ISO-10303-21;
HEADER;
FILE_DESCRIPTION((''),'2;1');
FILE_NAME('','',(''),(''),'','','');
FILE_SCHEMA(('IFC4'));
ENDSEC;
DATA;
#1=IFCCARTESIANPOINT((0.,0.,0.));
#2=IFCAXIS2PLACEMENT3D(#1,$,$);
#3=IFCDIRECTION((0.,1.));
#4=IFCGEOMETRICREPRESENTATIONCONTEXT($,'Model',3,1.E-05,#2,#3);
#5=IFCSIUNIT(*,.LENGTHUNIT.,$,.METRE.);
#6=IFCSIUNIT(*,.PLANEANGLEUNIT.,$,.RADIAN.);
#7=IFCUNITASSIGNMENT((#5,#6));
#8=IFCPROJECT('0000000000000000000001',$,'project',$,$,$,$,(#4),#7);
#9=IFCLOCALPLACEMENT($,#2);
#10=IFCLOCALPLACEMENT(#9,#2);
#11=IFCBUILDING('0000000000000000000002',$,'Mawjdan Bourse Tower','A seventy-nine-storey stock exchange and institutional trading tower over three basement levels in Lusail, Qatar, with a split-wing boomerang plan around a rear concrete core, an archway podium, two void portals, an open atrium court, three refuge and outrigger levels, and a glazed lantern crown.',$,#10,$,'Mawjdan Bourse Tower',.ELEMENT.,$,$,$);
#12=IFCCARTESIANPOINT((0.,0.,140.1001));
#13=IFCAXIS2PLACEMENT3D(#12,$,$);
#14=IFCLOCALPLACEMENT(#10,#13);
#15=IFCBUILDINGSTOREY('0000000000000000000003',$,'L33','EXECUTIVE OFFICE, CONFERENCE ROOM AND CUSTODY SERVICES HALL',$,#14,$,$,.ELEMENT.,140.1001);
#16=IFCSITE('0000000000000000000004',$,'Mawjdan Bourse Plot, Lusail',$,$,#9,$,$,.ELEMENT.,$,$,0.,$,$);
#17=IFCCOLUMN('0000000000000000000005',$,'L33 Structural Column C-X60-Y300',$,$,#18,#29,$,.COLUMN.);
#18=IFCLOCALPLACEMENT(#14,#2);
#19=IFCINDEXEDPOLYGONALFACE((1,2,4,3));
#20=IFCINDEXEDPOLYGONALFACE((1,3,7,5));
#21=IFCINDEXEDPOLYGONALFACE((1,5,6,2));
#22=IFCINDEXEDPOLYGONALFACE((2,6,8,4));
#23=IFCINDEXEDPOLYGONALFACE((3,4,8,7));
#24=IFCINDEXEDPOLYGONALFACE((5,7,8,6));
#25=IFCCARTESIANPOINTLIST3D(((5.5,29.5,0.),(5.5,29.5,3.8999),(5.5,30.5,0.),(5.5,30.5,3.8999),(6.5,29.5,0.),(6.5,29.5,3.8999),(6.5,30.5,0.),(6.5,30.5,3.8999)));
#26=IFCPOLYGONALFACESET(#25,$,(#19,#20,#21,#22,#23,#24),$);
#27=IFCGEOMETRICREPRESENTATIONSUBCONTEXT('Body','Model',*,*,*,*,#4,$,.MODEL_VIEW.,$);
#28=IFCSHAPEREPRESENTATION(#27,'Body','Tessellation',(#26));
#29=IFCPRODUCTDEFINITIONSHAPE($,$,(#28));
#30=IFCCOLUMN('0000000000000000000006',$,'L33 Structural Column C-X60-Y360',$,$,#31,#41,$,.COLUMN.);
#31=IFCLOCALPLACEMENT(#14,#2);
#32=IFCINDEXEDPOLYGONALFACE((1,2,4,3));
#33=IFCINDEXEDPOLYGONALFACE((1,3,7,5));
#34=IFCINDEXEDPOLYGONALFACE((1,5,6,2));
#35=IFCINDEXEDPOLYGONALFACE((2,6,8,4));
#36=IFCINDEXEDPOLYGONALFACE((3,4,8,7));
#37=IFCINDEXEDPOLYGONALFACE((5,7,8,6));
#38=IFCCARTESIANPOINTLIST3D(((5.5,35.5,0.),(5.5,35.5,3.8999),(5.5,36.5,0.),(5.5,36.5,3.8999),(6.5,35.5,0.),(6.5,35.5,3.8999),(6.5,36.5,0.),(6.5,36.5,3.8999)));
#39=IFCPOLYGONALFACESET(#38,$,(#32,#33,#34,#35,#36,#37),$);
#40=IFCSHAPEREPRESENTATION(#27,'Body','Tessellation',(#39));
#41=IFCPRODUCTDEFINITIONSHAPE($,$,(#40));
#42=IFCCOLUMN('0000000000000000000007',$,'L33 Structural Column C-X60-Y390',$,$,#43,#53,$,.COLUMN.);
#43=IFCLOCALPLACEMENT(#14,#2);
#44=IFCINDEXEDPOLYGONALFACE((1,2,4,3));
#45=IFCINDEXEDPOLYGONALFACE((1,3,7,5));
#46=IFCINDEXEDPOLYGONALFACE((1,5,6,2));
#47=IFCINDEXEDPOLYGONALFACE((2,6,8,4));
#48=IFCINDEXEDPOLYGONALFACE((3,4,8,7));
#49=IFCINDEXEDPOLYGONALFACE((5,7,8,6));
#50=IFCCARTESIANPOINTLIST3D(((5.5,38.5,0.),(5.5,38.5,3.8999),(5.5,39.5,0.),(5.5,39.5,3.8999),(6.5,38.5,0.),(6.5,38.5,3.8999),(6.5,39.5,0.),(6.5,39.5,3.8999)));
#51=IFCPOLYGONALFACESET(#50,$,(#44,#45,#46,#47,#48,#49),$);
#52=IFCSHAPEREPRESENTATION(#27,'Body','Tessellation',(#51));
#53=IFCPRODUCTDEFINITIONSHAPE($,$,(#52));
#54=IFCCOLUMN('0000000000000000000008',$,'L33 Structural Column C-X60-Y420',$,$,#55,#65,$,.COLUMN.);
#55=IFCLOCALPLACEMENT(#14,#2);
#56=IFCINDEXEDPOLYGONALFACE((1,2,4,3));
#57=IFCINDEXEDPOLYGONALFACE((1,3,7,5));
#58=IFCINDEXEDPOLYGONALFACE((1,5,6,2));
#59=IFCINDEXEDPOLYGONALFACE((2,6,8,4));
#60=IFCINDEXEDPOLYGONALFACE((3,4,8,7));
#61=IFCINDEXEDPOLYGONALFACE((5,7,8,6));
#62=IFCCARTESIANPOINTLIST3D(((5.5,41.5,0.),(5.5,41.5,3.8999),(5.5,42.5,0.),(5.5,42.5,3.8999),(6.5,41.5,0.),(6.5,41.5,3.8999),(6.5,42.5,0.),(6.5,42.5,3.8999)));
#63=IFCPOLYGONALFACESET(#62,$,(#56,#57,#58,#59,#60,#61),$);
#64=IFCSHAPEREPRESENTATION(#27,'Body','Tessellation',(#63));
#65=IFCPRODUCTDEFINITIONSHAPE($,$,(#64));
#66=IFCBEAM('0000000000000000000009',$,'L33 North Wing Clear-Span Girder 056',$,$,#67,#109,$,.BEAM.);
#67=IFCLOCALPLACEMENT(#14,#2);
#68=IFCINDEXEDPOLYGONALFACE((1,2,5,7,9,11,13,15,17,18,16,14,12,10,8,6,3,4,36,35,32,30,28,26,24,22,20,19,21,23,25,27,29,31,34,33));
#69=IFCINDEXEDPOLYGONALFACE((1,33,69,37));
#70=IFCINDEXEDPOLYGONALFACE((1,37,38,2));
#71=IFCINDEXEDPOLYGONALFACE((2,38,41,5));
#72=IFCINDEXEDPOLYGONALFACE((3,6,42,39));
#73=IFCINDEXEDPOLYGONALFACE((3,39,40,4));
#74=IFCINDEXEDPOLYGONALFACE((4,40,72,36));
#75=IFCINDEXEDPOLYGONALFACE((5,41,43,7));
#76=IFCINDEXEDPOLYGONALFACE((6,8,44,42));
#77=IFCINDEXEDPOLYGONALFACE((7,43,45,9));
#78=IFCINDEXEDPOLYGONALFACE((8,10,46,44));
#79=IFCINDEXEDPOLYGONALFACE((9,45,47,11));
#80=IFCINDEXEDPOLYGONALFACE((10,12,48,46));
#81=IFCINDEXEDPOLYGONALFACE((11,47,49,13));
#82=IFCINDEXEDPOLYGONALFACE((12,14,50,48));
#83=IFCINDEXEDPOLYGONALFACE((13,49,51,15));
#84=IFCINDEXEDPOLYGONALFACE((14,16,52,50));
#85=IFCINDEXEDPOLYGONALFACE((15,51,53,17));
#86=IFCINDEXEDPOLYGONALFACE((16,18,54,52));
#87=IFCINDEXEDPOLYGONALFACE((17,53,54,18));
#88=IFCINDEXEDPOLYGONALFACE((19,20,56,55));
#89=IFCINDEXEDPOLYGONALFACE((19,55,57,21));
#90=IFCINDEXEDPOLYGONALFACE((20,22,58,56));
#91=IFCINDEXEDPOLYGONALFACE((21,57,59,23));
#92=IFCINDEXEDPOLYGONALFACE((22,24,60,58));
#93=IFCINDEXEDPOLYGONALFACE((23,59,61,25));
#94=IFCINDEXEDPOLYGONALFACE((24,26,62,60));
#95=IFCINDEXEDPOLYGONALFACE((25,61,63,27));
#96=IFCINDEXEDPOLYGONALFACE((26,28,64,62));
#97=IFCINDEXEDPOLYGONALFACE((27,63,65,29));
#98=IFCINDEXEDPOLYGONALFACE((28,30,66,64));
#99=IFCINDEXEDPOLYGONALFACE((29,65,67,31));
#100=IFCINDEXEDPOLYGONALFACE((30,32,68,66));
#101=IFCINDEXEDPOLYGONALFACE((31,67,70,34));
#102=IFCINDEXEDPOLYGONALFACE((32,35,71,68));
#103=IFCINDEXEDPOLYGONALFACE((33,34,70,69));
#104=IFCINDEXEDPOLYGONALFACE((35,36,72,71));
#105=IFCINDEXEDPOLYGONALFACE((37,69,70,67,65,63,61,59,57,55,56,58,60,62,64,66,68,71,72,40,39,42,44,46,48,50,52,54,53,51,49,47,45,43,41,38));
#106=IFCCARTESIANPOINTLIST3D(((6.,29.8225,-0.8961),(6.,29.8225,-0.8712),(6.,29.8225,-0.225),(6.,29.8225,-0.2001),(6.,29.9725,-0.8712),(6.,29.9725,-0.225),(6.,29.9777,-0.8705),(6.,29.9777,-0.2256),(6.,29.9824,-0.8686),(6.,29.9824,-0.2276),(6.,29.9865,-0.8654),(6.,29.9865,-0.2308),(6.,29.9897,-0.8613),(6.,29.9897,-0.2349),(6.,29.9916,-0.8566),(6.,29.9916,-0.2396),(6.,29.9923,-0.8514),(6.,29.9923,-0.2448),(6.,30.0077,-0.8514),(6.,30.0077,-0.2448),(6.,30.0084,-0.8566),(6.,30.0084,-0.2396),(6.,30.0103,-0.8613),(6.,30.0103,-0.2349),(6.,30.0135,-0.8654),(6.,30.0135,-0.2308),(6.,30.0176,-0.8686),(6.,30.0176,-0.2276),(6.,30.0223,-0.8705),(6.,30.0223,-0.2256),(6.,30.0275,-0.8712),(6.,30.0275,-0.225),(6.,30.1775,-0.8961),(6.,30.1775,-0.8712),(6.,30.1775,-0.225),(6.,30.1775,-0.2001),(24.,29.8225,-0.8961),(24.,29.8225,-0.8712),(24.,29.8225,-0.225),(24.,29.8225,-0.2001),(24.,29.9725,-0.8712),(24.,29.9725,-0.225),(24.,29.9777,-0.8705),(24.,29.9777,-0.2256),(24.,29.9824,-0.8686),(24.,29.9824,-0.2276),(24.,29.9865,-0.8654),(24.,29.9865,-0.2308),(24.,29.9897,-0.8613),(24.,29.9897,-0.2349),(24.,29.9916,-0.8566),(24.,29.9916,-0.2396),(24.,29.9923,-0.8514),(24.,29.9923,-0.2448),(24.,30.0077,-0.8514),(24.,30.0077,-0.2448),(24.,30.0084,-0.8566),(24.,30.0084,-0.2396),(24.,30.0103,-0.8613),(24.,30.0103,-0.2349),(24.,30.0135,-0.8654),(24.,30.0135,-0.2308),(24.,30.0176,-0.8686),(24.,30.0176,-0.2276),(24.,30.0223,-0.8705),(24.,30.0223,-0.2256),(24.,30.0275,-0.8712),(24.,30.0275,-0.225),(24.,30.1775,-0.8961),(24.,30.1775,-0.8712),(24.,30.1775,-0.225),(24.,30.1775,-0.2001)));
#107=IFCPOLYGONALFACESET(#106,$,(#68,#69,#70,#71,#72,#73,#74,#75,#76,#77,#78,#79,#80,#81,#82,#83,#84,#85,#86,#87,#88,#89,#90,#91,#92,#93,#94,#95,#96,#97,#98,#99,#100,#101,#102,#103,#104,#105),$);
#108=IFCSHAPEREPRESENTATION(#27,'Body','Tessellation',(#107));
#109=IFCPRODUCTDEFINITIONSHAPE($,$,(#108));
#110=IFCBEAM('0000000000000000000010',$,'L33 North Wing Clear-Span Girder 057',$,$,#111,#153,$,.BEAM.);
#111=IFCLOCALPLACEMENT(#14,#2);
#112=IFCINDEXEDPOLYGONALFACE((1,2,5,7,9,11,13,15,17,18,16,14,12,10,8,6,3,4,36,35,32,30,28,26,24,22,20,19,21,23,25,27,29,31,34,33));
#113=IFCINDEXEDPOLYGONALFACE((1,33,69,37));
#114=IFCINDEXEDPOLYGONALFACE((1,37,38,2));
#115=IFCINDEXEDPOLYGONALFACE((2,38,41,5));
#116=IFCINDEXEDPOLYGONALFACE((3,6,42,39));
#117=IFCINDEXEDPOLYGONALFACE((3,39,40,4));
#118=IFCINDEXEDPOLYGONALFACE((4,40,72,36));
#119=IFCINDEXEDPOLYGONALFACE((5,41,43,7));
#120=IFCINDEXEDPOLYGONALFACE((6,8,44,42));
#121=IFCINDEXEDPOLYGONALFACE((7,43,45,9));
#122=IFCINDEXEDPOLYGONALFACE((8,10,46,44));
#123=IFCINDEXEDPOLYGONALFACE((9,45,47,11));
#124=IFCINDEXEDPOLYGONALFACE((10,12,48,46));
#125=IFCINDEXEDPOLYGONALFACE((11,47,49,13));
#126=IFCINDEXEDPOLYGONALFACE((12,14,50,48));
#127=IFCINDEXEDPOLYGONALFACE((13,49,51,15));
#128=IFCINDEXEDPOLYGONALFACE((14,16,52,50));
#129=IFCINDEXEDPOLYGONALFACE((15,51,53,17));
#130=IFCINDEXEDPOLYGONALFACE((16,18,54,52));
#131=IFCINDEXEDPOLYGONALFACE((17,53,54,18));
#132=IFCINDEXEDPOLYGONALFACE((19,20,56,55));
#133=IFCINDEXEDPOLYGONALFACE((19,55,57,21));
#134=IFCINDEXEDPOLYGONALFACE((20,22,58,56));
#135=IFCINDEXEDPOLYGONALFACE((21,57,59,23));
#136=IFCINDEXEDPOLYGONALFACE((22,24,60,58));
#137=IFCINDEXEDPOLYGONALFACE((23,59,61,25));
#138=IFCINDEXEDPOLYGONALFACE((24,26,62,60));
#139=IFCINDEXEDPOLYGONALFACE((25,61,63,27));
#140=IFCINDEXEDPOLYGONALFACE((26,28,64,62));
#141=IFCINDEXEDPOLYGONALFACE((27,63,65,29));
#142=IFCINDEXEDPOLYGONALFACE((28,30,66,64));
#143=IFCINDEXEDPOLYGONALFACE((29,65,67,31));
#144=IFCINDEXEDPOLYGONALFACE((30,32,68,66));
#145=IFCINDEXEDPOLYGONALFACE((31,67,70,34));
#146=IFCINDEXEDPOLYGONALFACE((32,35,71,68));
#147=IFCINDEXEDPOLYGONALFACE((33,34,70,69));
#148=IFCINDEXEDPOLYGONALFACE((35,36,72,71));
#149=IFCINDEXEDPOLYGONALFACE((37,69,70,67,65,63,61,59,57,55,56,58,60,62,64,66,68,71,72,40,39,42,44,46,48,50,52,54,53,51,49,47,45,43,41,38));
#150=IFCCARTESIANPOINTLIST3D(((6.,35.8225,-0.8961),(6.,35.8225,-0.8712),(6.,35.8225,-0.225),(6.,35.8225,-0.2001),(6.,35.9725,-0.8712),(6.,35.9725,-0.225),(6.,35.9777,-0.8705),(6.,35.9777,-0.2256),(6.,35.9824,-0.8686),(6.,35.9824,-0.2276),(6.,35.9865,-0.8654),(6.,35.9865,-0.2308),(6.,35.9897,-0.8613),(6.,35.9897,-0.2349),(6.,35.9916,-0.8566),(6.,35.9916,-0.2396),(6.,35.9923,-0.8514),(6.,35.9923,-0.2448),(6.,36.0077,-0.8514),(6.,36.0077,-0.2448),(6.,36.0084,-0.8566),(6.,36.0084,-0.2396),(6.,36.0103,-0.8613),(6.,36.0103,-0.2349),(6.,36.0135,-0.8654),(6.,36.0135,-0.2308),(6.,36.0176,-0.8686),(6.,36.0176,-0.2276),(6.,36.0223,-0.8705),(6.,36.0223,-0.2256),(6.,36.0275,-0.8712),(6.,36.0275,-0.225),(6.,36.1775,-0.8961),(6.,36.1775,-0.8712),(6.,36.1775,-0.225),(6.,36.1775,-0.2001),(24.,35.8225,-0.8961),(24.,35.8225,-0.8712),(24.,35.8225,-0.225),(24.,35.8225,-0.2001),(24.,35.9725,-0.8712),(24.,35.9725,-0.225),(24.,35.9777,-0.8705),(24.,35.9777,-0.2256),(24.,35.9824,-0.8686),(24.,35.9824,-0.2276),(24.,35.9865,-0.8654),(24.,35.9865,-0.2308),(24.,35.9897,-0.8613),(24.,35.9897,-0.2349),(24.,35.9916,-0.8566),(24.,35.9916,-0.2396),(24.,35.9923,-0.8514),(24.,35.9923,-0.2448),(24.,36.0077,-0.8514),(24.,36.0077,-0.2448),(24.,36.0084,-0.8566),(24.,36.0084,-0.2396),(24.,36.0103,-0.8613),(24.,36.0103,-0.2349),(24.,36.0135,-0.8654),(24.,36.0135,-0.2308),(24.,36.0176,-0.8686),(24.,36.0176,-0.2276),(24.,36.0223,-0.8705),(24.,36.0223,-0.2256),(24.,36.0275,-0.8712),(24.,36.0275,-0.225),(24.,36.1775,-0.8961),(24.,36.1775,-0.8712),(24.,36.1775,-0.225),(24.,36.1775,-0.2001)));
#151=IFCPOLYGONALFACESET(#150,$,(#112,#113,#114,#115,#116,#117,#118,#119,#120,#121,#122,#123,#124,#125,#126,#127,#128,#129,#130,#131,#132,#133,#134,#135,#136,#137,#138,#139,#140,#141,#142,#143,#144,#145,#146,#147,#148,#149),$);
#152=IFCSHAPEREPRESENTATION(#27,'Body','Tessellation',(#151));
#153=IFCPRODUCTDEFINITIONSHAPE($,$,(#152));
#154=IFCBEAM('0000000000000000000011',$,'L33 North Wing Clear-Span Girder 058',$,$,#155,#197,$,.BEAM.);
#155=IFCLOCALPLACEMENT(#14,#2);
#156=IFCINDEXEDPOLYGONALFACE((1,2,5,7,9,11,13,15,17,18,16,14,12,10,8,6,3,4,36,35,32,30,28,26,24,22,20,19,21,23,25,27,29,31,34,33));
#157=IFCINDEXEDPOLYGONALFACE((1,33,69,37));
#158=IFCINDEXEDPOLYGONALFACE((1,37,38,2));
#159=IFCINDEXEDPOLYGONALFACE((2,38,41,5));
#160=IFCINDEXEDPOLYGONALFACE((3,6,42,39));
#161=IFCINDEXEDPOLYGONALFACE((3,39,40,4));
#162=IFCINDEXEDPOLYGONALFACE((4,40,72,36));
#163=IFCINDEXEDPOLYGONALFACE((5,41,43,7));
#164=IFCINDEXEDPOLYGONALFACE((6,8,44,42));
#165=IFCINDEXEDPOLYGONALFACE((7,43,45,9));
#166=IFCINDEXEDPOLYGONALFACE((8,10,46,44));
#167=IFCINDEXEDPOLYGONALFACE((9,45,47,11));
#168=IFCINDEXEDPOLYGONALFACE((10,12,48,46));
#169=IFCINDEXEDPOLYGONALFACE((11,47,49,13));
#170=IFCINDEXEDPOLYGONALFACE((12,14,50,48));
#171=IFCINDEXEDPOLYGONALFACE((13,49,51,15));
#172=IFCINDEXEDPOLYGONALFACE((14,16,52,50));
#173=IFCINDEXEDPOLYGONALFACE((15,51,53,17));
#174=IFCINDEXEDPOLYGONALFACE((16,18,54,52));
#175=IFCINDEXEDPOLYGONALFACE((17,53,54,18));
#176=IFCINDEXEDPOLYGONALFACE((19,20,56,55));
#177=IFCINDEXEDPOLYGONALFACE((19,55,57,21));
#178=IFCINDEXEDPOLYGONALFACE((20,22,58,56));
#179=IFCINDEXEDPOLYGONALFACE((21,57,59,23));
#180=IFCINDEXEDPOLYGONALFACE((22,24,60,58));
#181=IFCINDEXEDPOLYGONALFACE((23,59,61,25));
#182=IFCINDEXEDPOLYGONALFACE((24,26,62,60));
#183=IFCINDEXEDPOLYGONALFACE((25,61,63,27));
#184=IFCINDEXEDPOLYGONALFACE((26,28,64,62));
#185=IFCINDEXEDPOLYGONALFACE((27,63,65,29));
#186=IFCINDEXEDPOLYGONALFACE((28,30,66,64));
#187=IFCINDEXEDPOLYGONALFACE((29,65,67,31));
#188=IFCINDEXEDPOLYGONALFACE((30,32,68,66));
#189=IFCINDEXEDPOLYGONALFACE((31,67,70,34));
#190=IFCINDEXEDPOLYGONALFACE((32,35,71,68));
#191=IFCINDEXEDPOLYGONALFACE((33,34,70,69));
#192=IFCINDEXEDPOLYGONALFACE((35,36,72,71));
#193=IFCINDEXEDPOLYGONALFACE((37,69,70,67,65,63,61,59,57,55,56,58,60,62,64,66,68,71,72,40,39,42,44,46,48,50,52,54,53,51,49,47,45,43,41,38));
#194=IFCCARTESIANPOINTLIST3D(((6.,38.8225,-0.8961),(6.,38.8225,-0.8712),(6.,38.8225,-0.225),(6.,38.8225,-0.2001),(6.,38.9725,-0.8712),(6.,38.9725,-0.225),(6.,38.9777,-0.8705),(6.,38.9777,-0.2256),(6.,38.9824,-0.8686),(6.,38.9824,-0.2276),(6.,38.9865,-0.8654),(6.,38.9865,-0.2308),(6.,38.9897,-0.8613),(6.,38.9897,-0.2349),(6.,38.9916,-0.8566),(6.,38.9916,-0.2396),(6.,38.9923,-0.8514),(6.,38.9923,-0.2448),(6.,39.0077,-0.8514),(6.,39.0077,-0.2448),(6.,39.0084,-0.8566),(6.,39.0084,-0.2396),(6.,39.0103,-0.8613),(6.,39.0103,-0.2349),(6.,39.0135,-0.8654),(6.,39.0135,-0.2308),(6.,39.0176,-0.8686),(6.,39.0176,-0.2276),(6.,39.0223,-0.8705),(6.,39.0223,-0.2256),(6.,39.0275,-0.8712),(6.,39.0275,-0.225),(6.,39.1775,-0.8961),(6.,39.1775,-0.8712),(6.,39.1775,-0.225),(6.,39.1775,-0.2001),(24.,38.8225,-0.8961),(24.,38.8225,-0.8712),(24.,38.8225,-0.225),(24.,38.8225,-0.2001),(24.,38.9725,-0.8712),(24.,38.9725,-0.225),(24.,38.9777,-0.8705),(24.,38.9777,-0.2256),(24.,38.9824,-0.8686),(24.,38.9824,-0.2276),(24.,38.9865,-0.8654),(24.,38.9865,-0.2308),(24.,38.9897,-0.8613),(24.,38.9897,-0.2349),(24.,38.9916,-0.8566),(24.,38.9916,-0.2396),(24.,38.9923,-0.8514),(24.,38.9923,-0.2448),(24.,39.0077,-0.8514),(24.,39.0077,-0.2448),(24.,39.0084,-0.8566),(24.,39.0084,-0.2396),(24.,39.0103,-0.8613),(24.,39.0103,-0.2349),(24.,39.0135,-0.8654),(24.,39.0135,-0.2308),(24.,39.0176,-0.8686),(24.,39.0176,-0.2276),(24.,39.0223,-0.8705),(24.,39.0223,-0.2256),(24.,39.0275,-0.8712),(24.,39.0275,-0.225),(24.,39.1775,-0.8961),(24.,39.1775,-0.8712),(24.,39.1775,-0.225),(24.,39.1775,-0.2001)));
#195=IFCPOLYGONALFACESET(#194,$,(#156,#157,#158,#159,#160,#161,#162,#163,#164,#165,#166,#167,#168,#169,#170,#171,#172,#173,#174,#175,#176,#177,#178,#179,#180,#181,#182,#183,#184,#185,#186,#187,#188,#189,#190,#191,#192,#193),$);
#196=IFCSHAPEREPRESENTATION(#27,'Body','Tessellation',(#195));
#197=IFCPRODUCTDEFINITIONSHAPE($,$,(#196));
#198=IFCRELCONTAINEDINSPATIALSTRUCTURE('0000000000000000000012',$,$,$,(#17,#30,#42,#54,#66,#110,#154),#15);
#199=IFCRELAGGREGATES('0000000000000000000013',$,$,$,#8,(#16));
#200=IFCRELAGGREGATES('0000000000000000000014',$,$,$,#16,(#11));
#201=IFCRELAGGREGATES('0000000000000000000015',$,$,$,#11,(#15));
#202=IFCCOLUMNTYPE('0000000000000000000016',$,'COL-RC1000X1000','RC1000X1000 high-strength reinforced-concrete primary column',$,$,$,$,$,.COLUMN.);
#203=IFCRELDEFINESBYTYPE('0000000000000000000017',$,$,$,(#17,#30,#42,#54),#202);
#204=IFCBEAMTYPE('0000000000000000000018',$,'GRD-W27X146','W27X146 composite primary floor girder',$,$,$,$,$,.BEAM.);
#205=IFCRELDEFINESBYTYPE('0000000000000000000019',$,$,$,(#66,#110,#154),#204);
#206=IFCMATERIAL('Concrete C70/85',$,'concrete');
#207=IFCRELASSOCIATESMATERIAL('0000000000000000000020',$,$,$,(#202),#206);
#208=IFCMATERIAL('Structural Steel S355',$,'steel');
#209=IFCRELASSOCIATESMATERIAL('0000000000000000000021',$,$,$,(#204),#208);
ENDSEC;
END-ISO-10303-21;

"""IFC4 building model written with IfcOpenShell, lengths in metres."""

from ifc_helpers import new_model, si_unit, direction, frame, origin, origin_2d, place, context, subcontext, project, spatial, rectangle, i_section, extrude, material, material_profile, profile_set, type_object, element, save


model = new_model("IFC4")

# Units and contexts
model_context = context("Model", 3, precision=1e-05, world=origin(), true_north=direction((0.0, 1.0)))
body_context = subcontext(model_context, "Body", "Model", "MODEL_VIEW")
ifc_project = project(units=[si_unit("LENGTHUNIT", "METRE"), si_unit("PLANEANGLEUNIT", "RADIAN")], contexts=[model_context])

# Site, building, storey
site_placement = place(None, origin())
site = spatial("IfcSite", under=ifc_project, at=site_placement, Name="Mawjdan Bourse Plot, Lusail", CompositionType="ELEMENT", RefElevation=0.0)
building_placement = place(site_placement, origin())
building = spatial("IfcBuilding", under=site, at=building_placement, Name="Mawjdan Bourse Tower", Description="A seventy-nine-storey stock exchange and institutional trading tower over three basement levels in Lusail, Qatar, with a split-wing boomerang plan around a rear concrete core, an archway podium, two void portals, an open atrium court, three refuge and outrigger levels, and a glazed lantern crown.", LongName="Mawjdan Bourse Tower", CompositionType="ELEMENT")
storey_placement = place(building_placement, frame((0.0, 0.0, 140.1001)))
storey = spatial("IfcBuildingStorey", under=building, at=storey_placement, Name="L33", Description="EXECUTIVE OFFICE, CONFERENCE ROOM AND CUSTODY SERVICES HALL", CompositionType="ELEMENT", Elevation=140.1001)

# Columns
ifc_material_1 = material(Name="Concrete C70/85", Category="concrete")
ifc_material_profile_1 = material_profile(ifc_material_1, rectangle(XDim=1.0, YDim=1.0, at=origin_2d()), Name="RC1000X1000")
ifc_profile_set_1 = profile_set([ifc_material_profile_1], Name="Concrete C70/85")
column_type = type_object("IfcColumnType", Name="COL-RC1000X1000", Description="RC1000X1000 high-strength reinforced-concrete primary column", PredefinedType="COLUMN", material=ifc_profile_set_1)
for number, where, z_axis, x_axis, name in (
    (1, (6.0, 30.0, 0.0), (0.0, 0.0, 1.0), (1.0, 0.0, 0.0), "L33 Structural Column C-X60-Y300"),
    (2, (6.0, 36.0, 0.0), (0.0, 0.0, 1.0), (1.0, 0.0, 0.0), "L33 Structural Column C-X60-Y360"),
    (3, (6.0, 39.0, 0.0), (0.0, 0.0, 1.0), (1.0, 0.0, 0.0), "L33 Structural Column C-X60-Y390"),
    (4, (6.0, 42.0, 0.0), (0.0, 0.0, 1.0), (1.0, 0.0, 0.0), "L33 Structural Column C-X60-Y420"),
):
    element("IfcColumn", number, at=place(storey_placement, frame(where, z_axis=z_axis, x_axis=x_axis)), inside=storey, type_object=column_type, Name=name, PredefinedType="COLUMN", context=body_context, shape_type="SweptSolid", body=[
        extrude(rectangle(XDim=1.0, YDim=1.0, at=origin_2d()), origin(), (0.0, 0.0, 1.0), 3.8999),
    ])

# Beams
ifc_material_2 = material(Name="Structural Steel S355", Category="steel")
ifc_material_profile_2 = material_profile(ifc_material_2, i_section(OverallWidth=0.355, OverallDepth=0.696, WebThickness=0.0154, FlangeThickness=0.0249, FilletRadius=0.0198, at=origin_2d()), Name="W27X146")
ifc_profile_set_2 = profile_set([ifc_material_profile_2], Name="Structural Steel S355")
beam_type_1 = type_object("IfcBeamType", Name="GRD-W27X146", Description="W27X146 composite primary floor girder", PredefinedType="BEAM", material=ifc_profile_set_2)
for number, where, z_axis, x_axis, name in (
    (5, (6.0, 30.0, -0.5481), (1.0, 0.0, 0.0), (0.0, 1.0, 0.0), "L33 North Wing Clear-Span Girder 056"),
    (6, (6.0, 36.0, -0.5481), (1.0, 0.0, 0.0), (0.0, 1.0, 0.0), "L33 North Wing Clear-Span Girder 057"),
    (7, (6.0, 39.0, -0.5481), (1.0, 0.0, 0.0), (0.0, 1.0, 0.0), "L33 North Wing Clear-Span Girder 058"),
):
    element("IfcBeam", number, at=place(storey_placement, frame(where, z_axis=z_axis, x_axis=x_axis)), inside=storey, type_object=beam_type_1, Name=name, PredefinedType="BEAM", context=body_context, shape_type="SweptSolid", body=[
        extrude(i_section(OverallWidth=0.355, OverallDepth=0.696, WebThickness=0.0154, FlangeThickness=0.0249, FilletRadius=0.0198, at=origin_2d()), origin(), (0.0, 0.0, 1.0), 18.0),
    ])

save(model, "model.ifc")
